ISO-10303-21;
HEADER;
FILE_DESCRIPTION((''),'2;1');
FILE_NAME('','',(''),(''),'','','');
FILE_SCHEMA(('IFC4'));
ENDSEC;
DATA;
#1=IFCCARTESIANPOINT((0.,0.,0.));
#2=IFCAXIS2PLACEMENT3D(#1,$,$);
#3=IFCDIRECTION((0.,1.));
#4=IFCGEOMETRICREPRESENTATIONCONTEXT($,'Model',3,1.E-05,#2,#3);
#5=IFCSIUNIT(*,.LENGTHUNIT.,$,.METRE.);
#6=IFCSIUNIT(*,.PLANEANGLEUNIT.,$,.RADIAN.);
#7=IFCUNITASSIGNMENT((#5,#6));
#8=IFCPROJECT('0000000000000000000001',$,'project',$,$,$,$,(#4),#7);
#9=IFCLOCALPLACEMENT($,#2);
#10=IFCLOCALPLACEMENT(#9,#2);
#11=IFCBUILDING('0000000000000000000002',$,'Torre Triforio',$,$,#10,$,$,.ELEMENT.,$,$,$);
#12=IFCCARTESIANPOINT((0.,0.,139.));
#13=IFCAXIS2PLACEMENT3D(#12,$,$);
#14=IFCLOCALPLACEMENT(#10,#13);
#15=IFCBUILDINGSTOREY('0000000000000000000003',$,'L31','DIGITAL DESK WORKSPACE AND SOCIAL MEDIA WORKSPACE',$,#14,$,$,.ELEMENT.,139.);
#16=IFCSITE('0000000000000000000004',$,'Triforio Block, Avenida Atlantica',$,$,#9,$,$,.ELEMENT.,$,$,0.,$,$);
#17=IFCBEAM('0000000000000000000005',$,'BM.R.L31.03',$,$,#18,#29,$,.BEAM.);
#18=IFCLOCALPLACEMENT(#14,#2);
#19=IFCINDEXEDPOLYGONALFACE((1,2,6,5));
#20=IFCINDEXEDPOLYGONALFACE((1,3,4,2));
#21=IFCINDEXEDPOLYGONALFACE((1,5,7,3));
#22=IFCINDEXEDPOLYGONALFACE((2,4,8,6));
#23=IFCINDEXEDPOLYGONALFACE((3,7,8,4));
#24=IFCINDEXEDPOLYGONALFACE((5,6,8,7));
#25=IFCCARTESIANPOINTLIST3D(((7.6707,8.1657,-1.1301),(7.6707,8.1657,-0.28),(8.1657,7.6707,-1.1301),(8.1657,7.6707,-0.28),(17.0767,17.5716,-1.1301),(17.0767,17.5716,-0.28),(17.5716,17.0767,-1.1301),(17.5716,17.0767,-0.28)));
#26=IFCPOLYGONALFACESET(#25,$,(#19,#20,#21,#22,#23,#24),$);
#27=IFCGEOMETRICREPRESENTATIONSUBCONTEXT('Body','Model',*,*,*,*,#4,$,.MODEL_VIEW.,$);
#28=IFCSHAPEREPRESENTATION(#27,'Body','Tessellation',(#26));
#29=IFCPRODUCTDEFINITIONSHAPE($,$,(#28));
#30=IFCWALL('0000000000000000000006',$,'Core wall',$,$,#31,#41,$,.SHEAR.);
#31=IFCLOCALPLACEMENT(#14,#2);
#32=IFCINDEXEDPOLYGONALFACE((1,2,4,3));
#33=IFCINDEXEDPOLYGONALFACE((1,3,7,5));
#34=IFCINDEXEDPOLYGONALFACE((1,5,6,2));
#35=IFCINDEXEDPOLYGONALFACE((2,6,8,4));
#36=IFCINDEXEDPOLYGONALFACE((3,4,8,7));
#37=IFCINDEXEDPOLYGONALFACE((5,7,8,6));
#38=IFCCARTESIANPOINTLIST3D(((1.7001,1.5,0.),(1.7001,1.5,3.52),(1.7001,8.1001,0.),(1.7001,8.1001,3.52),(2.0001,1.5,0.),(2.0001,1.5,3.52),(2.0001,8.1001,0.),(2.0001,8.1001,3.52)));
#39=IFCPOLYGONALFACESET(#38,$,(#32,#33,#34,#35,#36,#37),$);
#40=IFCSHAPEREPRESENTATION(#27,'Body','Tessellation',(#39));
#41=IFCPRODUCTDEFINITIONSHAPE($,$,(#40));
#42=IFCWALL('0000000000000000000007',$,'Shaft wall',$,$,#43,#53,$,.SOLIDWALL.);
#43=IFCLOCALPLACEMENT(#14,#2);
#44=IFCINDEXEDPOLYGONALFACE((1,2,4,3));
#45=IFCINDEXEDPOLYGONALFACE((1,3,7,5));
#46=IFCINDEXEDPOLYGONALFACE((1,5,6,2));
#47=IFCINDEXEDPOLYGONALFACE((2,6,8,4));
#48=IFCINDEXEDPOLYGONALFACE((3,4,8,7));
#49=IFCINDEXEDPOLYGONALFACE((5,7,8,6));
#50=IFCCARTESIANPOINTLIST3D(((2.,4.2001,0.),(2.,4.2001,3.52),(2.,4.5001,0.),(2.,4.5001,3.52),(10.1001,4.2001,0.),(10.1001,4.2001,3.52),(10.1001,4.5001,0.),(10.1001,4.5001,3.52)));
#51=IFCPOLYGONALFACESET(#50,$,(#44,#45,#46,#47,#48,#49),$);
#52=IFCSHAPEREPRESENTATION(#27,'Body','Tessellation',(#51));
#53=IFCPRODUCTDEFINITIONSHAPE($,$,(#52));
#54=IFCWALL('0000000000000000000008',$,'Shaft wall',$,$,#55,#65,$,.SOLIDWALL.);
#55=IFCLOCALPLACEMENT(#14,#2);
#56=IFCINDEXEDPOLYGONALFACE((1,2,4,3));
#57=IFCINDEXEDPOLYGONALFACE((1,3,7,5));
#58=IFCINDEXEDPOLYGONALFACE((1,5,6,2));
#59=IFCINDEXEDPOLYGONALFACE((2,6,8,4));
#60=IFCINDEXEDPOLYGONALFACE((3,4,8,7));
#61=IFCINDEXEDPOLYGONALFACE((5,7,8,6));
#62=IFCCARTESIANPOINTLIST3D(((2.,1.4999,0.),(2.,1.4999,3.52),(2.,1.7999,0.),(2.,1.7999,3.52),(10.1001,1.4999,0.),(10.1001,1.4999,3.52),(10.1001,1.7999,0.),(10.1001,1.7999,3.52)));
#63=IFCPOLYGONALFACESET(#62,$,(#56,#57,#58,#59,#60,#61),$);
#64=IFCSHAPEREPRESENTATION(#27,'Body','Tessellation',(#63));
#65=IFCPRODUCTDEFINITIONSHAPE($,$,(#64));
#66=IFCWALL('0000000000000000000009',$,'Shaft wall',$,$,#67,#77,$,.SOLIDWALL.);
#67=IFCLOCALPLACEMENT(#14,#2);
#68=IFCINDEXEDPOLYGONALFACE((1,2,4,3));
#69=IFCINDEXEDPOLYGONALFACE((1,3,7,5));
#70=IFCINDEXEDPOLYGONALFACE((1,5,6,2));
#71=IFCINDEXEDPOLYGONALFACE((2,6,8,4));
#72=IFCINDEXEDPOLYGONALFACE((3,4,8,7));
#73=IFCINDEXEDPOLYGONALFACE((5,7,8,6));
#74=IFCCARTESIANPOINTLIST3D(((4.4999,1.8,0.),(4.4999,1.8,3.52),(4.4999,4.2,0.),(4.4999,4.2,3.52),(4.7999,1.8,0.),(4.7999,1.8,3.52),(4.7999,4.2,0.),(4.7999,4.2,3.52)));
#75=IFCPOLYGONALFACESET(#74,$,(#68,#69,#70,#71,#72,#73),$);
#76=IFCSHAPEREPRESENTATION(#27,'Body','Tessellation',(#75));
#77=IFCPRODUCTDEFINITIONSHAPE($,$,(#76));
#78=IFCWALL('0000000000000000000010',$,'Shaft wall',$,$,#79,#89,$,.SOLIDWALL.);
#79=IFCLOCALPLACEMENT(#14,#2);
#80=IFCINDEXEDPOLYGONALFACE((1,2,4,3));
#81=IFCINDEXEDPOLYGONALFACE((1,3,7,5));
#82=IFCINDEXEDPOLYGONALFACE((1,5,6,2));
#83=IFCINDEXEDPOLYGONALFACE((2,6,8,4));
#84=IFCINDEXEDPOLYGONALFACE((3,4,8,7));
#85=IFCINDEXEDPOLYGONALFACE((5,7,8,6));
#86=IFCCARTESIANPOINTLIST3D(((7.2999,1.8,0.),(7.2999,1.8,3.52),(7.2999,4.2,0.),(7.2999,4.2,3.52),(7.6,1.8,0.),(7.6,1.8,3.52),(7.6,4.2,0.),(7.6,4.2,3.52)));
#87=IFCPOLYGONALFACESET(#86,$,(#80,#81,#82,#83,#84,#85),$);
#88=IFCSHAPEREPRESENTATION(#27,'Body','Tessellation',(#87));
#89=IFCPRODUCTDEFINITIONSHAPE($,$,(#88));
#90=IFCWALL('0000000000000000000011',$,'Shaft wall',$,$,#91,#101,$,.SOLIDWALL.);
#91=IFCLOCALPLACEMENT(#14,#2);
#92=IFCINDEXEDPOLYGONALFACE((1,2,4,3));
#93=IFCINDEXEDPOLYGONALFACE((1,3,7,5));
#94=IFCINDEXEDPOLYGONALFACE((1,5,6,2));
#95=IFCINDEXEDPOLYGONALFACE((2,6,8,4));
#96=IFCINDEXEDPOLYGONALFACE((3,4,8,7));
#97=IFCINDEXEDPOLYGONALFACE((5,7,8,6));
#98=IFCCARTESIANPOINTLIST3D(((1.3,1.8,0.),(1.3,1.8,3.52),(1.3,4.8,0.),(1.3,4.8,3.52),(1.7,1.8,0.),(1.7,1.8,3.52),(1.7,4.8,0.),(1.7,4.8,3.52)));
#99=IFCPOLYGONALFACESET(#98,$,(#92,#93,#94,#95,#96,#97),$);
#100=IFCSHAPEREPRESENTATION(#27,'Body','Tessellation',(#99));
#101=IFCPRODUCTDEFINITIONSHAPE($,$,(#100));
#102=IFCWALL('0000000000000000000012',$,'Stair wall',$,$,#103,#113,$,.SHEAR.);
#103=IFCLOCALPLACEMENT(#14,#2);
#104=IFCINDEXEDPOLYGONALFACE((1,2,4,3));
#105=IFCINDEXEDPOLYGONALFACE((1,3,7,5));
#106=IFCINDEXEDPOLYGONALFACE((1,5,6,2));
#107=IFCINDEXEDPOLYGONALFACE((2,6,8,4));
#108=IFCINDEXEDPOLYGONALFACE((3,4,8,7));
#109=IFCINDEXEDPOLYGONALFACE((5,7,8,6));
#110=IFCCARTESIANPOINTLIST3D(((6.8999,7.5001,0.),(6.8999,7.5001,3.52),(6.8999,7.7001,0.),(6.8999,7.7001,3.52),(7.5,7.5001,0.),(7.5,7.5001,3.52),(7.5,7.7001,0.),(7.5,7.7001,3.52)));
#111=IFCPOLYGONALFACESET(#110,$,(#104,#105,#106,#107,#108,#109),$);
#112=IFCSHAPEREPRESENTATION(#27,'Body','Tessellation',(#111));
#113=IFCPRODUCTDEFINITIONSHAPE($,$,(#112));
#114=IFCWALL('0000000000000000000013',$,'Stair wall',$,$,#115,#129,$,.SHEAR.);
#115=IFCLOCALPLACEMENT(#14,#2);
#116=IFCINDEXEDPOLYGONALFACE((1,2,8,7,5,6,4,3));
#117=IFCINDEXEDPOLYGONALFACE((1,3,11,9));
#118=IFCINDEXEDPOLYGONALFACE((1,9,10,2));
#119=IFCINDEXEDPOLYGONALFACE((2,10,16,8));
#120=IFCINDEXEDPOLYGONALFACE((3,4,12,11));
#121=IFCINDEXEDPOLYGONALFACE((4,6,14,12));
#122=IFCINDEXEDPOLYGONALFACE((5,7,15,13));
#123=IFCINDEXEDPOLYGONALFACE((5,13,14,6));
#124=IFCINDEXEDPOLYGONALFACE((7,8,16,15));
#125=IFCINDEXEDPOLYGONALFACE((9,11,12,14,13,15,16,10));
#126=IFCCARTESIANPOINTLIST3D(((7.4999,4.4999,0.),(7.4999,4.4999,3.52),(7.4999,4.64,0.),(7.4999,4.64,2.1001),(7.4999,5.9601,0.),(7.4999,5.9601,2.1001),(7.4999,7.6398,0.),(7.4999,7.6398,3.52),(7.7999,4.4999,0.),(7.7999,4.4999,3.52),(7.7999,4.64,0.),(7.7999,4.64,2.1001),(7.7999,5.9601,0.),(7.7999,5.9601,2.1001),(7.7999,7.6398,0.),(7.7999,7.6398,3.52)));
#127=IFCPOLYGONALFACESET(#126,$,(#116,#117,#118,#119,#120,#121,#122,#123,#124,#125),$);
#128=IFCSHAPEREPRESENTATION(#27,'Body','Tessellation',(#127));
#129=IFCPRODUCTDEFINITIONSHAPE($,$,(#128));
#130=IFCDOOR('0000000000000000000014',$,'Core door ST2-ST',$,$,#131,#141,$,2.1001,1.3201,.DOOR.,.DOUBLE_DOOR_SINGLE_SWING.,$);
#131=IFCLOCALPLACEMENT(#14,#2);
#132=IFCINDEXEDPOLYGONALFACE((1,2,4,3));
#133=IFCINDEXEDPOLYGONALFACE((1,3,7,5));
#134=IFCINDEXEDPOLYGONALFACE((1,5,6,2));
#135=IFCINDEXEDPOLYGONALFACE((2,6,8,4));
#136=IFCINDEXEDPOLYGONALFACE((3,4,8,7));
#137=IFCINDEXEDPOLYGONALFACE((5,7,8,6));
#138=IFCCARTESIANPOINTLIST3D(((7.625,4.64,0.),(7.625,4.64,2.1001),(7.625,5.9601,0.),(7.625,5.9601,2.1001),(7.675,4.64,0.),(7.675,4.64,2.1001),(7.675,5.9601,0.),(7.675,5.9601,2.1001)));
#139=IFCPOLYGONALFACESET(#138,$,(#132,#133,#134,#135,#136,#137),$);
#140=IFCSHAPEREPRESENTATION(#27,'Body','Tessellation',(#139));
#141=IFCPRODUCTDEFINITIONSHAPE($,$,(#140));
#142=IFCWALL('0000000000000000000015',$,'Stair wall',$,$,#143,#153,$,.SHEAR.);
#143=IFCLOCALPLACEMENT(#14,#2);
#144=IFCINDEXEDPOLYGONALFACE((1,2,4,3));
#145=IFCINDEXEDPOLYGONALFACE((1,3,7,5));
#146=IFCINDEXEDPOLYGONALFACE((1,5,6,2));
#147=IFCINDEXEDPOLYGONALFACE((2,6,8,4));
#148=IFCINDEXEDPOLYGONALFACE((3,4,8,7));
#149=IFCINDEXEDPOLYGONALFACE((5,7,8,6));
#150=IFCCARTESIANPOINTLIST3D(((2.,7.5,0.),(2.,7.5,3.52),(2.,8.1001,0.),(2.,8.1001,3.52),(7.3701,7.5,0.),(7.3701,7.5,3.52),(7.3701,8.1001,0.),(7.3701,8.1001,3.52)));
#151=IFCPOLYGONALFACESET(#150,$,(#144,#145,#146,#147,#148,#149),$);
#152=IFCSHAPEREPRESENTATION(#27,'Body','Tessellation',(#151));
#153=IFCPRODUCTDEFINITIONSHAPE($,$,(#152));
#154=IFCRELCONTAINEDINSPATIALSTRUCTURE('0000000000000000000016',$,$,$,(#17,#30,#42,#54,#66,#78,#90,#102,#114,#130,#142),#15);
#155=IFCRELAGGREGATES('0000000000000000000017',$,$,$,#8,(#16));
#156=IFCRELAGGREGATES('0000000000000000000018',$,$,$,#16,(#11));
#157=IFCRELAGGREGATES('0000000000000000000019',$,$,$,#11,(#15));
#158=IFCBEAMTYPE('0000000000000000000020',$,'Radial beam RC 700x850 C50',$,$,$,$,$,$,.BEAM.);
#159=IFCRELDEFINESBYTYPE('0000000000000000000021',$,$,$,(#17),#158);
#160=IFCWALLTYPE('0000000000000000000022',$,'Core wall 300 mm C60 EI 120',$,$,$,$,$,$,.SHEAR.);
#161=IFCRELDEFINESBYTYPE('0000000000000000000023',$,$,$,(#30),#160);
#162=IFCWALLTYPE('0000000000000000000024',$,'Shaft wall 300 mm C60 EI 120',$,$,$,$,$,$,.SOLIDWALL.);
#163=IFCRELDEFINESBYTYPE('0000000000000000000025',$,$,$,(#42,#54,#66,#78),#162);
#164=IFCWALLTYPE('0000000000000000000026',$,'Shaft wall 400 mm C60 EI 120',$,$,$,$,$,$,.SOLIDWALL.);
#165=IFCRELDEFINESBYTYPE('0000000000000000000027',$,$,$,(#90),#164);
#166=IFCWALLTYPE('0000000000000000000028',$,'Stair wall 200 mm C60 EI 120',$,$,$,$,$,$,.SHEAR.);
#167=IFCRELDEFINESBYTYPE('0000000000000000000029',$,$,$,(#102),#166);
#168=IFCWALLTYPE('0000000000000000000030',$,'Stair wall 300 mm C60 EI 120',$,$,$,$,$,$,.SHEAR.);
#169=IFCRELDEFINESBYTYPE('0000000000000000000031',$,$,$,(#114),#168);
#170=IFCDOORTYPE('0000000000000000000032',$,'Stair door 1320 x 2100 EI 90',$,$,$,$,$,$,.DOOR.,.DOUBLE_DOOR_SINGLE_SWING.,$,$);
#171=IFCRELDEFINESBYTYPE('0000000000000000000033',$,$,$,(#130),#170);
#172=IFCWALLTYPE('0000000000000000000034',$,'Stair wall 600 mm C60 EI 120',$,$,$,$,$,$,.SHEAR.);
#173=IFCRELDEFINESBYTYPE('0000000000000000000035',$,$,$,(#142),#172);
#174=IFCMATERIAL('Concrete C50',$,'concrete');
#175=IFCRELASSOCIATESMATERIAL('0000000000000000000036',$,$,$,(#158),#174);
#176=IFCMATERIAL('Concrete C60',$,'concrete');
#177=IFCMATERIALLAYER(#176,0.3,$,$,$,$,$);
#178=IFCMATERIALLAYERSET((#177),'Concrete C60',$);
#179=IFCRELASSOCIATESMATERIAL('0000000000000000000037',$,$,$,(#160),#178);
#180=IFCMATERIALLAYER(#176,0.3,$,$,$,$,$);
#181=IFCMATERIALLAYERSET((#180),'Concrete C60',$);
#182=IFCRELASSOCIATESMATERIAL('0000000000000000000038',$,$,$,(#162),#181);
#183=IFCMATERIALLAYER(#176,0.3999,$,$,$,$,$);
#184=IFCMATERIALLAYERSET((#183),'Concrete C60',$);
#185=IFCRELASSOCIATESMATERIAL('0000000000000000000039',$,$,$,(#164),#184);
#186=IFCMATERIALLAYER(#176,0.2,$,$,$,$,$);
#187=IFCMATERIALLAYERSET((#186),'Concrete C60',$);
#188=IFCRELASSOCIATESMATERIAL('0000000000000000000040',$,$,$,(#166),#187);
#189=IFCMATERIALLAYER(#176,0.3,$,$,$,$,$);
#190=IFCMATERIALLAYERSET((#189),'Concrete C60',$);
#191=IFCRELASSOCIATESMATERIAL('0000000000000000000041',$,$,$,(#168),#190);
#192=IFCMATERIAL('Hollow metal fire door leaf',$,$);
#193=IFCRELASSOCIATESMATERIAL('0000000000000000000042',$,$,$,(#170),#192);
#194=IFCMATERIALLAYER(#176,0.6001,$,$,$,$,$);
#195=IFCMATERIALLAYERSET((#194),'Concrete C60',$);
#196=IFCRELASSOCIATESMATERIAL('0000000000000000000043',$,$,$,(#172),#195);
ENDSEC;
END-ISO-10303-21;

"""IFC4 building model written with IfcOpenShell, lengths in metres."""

from ifc_helpers import new_model, si_unit, direction, frame, frame_2d, origin, origin_2d, place, context, subcontext, project, spatial, rectangle, extrude, material, layer, layer_set, material_profile, profile_set, type_object, element, fill, save


model = new_model("IFC4")

# Units and contexts
model_context = context("Model", 3, precision=1e-05, world=origin(), true_north=direction((0.0, 1.0)))
body_context = subcontext(model_context, "Body", "Model", "MODEL_VIEW")
ifc_project = project(units=[si_unit("LENGTHUNIT", "METRE"), si_unit("PLANEANGLEUNIT", "RADIAN")], contexts=[model_context])

# Site, building, storey
site_placement = place(None, origin())
site = spatial("IfcSite", under=ifc_project, at=site_placement, Name="Triforio Block, Avenida Atlantica", CompositionType="ELEMENT", RefElevation=0.0)
building_placement = place(site_placement, origin())
building = spatial("IfcBuilding", under=site, at=building_placement, Name="Torre Triforio", CompositionType="ELEMENT")
storey_placement = place(building_placement, frame((0.0, 0.0, 139.0)))
storey = spatial("IfcBuildingStorey", under=building, at=storey_placement, Name="L31", Description="DIGITAL DESK WORKSPACE AND SOCIAL MEDIA WORKSPACE", CompositionType="ELEMENT", Elevation=139.0)

# Beam
ifc_material_1 = material(Name="Concrete C50", Category="concrete")
ifc_material_profile = material_profile(ifc_material_1, rectangle(XDim=0.7, YDim=0.8501, at=origin_2d()), Name="RC 700x850")
ifc_profile_set = profile_set([ifc_material_profile], Name="Concrete C50")
beam_type = type_object("IfcBeamType", Name="Radial beam RC 700x850 C50", PredefinedType="BEAM", material=ifc_profile_set)
beam_placement = place(storey_placement, frame((7.9182, 7.9182, -0.7051), z_axis=(0.707107, 0.707107, 0.0), x_axis=(-0.707107, 0.707107, 0.0)))
element("IfcBeam", 1, at=beam_placement, inside=storey, type_object=beam_type, Name="BM.R.L31.03", PredefinedType="BEAM", context=body_context, shape_type="SweptSolid", body=[
    extrude(rectangle(XDim=0.7, YDim=0.8501, at=origin_2d()), origin(), (0.0, 0.0, 1.0), 13.302),
])

# Walls
ifc_material_2 = material(Name="Concrete C60", Category="concrete")
ifc_layer_1 = layer(ifc_material_2, 0.3)
ifc_layer_set_1 = layer_set([ifc_layer_1], Name="Concrete C60")
wall_type_1 = type_object("IfcWallType", Name="Core wall 300 mm C60 EI 120", PredefinedType="SHEAR", material=ifc_layer_set_1)
wall_1_placement = place(storey_placement, frame((1.8501, 1.5, 0.0), z_axis=(0.0, 0.0, 1.0), x_axis=(0.0, 1.0, 0.0)))
element("IfcWall", 2, at=wall_1_placement, inside=storey, type_object=wall_type_1, Name="Core wall", PredefinedType="SHEAR", context=body_context, shape_type="SweptSolid", body=[
    extrude(rectangle(XDim=6.6001, YDim=0.3, at=frame_2d((3.3, 0.0))), origin(), (0.0, 0.0, 1.0), 3.52),
])
ifc_layer_2 = layer(ifc_material_2, 0.3)
ifc_layer_set_2 = layer_set([ifc_layer_2], Name="Concrete C60")
wall_type_2 = type_object("IfcWallType", Name="Shaft wall 300 mm C60 EI 120", PredefinedType="SOLIDWALL", material=ifc_layer_set_2)
for number, where, z_axis, x_axis, name in (
    (3, (2.0, 4.3501, 0.0), (0.0, 0.0, 1.0), (1.0, 0.0, 0.0), "Shaft wall"),
    (4, (2.0, 1.6499, 0.0), (0.0, 0.0, 1.0), (1.0, 0.0, 0.0), "Shaft wall"),
):
    element("IfcWall", number, at=place(storey_placement, frame(where, z_axis=z_axis, x_axis=x_axis)), inside=storey, type_object=wall_type_2, Name=name, PredefinedType="SOLIDWALL", context=body_context, shape_type="SweptSolid", body=[
        extrude(rectangle(XDim=8.1001, YDim=0.3, at=frame_2d((4.05, 0.0))), origin(), (0.0, 0.0, 1.0), 3.52),
    ])
for number, where, z_axis, x_axis, name in (
    (5, (4.6499, 1.8, 0.0), (0.0, 0.0, 1.0), (0.0, 1.0, 0.0), "Shaft wall"),
    (6, (7.45, 1.8, 0.0), (0.0, 0.0, 1.0), (0.0, 1.0, 0.0), "Shaft wall"),
):
    element("IfcWall", number, at=place(storey_placement, frame(where, z_axis=z_axis, x_axis=x_axis)), inside=storey, type_object=wall_type_2, Name=name, PredefinedType="SOLIDWALL", context=body_context, shape_type="SweptSolid", body=[
        extrude(rectangle(XDim=2.3999, YDim=0.3, at=frame_2d((1.2, 0.0))), origin(), (0.0, 0.0, 1.0), 3.52),
    ])
ifc_layer_3 = layer(ifc_material_2, 0.3999)
ifc_layer_set_3 = layer_set([ifc_layer_3], Name="Concrete C60")
wall_type_3 = type_object("IfcWallType", Name="Shaft wall 400 mm C60 EI 120", PredefinedType="SOLIDWALL", material=ifc_layer_set_3)
wall_2_placement = place(storey_placement, frame((1.5, 1.8, 0.0), z_axis=(0.0, 0.0, 1.0), x_axis=(0.0, 1.0, 0.0)))
element("IfcWall", 7, at=wall_2_placement, inside=storey, type_object=wall_type_3, Name="Shaft wall", PredefinedType="SOLIDWALL", context=body_context, shape_type="SweptSolid", body=[
    extrude(rectangle(XDim=3.0, YDim=0.3999, at=frame_2d((1.5, 0.0))), origin(), (0.0, 0.0, 1.0), 3.52),
])
ifc_layer_4 = layer(ifc_material_2, 0.2)
ifc_layer_set_4 = layer_set([ifc_layer_4], Name="Concrete C60")
wall_type_4 = type_object("IfcWallType", Name="Stair wall 200 mm C60 EI 120", PredefinedType="SHEAR", material=ifc_layer_set_4)
wall_3_placement = place(storey_placement, frame((6.8999, 7.6001, 0.0), z_axis=(0.0, 0.0, 1.0), x_axis=(1.0, 0.0, 0.0)))
element("IfcWall", 8, at=wall_3_placement, inside=storey, type_object=wall_type_4, Name="Stair wall", PredefinedType="SHEAR", context=body_context, shape_type="SweptSolid", body=[
    extrude(rectangle(XDim=0.6001, YDim=0.2, at=frame_2d((0.3, 0.0))), origin(), (0.0, 0.0, 1.0), 3.52),
])

# Wall, opening, door
ifc_layer_5 = layer(ifc_material_2, 0.3)
ifc_layer_set_5 = layer_set([ifc_layer_5], Name="Concrete C60")
wall_type_5 = type_object("IfcWallType", Name="Stair wall 300 mm C60 EI 120", PredefinedType="SHEAR", material=ifc_layer_set_5)
wall_4_placement = place(storey_placement, frame((7.6499, 4.5, 0.0), z_axis=(0.0, 0.0, 1.0), x_axis=(0.0, 1.0, 0.0)))
wall_4 = element("IfcWall", 9, at=wall_4_placement, inside=storey, type_object=wall_type_5, Name="Stair wall", PredefinedType="SHEAR", context=body_context, shape_type="SweptSolid", body=[
    extrude(rectangle(XDim=3.1399, YDim=0.3, at=frame_2d((1.5698, 0.0))), origin(), (0.0, 0.0, 1.0), 3.52),
])
opening_placement = place(wall_4_placement, frame((0.1399, 0.0, 0.0)))
opening = element("IfcOpeningElement", 10, at=opening_placement, cuts=wall_4, PredefinedType="OPENING", context=body_context, shape_type="SweptSolid", body=[
    extrude(rectangle(XDim=1.3201, YDim=2.1001, at=frame_2d((0.6602, 1.05))), frame((0.0, 0.1599, 0.0), z_axis=(0.0, -1.0, 0.0), x_axis=(1.0, 0.0, 0.0)), (0.0, 0.0, 1.0), 0.3201),
])
ifc_material_3 = material(Name="Hollow metal fire door leaf")
door_type = type_object("IfcDoorType", Name="Stair door 1320 x 2100 EI 90", OperationType="DOUBLE_DOOR_SINGLE_SWING", PredefinedType="DOOR", material=ifc_material_3)
door_placement = place(opening_placement, origin())
door = element("IfcDoor", 11, at=door_placement, inside=storey, type_object=door_type, Name="Core door ST2-ST", OperationType="DOUBLE_DOOR_SINGLE_SWING", OverallHeight=2.1001, OverallWidth=1.3201, PredefinedType="DOOR", context=body_context, shape_type="SweptSolid", body=[
    extrude(rectangle(XDim=1.3201, YDim=2.1001, at=frame_2d((0.6602, 1.05))), frame((0.0, 0.0249, 0.0), z_axis=(0.0, -1.0, 0.0), x_axis=(1.0, 0.0, 0.0)), (0.0, 0.0, 1.0), 0.05),
])
fill(opening, door)

# Wall
ifc_layer_6 = layer(ifc_material_2, 0.6001)
ifc_layer_set_6 = layer_set([ifc_layer_6], Name="Concrete C60")
wall_type_6 = type_object("IfcWallType", Name="Stair wall 600 mm C60 EI 120", PredefinedType="SHEAR", material=ifc_layer_set_6)
wall_5_placement = place(storey_placement, frame((2.0, 7.8, 0.0), z_axis=(0.0, 0.0, 1.0), x_axis=(1.0, 0.0, 0.0)))
element("IfcWall", 12, at=wall_5_placement, inside=storey, type_object=wall_type_6, Name="Stair wall", PredefinedType="SHEAR", context=body_context, shape_type="SweptSolid", body=[
    extrude(rectangle(XDim=5.3701, YDim=0.6001, at=frame_2d((2.6851, 0.0))), origin(), (0.0, 0.0, 1.0), 3.52),
])

save(model, "model.ifc")
